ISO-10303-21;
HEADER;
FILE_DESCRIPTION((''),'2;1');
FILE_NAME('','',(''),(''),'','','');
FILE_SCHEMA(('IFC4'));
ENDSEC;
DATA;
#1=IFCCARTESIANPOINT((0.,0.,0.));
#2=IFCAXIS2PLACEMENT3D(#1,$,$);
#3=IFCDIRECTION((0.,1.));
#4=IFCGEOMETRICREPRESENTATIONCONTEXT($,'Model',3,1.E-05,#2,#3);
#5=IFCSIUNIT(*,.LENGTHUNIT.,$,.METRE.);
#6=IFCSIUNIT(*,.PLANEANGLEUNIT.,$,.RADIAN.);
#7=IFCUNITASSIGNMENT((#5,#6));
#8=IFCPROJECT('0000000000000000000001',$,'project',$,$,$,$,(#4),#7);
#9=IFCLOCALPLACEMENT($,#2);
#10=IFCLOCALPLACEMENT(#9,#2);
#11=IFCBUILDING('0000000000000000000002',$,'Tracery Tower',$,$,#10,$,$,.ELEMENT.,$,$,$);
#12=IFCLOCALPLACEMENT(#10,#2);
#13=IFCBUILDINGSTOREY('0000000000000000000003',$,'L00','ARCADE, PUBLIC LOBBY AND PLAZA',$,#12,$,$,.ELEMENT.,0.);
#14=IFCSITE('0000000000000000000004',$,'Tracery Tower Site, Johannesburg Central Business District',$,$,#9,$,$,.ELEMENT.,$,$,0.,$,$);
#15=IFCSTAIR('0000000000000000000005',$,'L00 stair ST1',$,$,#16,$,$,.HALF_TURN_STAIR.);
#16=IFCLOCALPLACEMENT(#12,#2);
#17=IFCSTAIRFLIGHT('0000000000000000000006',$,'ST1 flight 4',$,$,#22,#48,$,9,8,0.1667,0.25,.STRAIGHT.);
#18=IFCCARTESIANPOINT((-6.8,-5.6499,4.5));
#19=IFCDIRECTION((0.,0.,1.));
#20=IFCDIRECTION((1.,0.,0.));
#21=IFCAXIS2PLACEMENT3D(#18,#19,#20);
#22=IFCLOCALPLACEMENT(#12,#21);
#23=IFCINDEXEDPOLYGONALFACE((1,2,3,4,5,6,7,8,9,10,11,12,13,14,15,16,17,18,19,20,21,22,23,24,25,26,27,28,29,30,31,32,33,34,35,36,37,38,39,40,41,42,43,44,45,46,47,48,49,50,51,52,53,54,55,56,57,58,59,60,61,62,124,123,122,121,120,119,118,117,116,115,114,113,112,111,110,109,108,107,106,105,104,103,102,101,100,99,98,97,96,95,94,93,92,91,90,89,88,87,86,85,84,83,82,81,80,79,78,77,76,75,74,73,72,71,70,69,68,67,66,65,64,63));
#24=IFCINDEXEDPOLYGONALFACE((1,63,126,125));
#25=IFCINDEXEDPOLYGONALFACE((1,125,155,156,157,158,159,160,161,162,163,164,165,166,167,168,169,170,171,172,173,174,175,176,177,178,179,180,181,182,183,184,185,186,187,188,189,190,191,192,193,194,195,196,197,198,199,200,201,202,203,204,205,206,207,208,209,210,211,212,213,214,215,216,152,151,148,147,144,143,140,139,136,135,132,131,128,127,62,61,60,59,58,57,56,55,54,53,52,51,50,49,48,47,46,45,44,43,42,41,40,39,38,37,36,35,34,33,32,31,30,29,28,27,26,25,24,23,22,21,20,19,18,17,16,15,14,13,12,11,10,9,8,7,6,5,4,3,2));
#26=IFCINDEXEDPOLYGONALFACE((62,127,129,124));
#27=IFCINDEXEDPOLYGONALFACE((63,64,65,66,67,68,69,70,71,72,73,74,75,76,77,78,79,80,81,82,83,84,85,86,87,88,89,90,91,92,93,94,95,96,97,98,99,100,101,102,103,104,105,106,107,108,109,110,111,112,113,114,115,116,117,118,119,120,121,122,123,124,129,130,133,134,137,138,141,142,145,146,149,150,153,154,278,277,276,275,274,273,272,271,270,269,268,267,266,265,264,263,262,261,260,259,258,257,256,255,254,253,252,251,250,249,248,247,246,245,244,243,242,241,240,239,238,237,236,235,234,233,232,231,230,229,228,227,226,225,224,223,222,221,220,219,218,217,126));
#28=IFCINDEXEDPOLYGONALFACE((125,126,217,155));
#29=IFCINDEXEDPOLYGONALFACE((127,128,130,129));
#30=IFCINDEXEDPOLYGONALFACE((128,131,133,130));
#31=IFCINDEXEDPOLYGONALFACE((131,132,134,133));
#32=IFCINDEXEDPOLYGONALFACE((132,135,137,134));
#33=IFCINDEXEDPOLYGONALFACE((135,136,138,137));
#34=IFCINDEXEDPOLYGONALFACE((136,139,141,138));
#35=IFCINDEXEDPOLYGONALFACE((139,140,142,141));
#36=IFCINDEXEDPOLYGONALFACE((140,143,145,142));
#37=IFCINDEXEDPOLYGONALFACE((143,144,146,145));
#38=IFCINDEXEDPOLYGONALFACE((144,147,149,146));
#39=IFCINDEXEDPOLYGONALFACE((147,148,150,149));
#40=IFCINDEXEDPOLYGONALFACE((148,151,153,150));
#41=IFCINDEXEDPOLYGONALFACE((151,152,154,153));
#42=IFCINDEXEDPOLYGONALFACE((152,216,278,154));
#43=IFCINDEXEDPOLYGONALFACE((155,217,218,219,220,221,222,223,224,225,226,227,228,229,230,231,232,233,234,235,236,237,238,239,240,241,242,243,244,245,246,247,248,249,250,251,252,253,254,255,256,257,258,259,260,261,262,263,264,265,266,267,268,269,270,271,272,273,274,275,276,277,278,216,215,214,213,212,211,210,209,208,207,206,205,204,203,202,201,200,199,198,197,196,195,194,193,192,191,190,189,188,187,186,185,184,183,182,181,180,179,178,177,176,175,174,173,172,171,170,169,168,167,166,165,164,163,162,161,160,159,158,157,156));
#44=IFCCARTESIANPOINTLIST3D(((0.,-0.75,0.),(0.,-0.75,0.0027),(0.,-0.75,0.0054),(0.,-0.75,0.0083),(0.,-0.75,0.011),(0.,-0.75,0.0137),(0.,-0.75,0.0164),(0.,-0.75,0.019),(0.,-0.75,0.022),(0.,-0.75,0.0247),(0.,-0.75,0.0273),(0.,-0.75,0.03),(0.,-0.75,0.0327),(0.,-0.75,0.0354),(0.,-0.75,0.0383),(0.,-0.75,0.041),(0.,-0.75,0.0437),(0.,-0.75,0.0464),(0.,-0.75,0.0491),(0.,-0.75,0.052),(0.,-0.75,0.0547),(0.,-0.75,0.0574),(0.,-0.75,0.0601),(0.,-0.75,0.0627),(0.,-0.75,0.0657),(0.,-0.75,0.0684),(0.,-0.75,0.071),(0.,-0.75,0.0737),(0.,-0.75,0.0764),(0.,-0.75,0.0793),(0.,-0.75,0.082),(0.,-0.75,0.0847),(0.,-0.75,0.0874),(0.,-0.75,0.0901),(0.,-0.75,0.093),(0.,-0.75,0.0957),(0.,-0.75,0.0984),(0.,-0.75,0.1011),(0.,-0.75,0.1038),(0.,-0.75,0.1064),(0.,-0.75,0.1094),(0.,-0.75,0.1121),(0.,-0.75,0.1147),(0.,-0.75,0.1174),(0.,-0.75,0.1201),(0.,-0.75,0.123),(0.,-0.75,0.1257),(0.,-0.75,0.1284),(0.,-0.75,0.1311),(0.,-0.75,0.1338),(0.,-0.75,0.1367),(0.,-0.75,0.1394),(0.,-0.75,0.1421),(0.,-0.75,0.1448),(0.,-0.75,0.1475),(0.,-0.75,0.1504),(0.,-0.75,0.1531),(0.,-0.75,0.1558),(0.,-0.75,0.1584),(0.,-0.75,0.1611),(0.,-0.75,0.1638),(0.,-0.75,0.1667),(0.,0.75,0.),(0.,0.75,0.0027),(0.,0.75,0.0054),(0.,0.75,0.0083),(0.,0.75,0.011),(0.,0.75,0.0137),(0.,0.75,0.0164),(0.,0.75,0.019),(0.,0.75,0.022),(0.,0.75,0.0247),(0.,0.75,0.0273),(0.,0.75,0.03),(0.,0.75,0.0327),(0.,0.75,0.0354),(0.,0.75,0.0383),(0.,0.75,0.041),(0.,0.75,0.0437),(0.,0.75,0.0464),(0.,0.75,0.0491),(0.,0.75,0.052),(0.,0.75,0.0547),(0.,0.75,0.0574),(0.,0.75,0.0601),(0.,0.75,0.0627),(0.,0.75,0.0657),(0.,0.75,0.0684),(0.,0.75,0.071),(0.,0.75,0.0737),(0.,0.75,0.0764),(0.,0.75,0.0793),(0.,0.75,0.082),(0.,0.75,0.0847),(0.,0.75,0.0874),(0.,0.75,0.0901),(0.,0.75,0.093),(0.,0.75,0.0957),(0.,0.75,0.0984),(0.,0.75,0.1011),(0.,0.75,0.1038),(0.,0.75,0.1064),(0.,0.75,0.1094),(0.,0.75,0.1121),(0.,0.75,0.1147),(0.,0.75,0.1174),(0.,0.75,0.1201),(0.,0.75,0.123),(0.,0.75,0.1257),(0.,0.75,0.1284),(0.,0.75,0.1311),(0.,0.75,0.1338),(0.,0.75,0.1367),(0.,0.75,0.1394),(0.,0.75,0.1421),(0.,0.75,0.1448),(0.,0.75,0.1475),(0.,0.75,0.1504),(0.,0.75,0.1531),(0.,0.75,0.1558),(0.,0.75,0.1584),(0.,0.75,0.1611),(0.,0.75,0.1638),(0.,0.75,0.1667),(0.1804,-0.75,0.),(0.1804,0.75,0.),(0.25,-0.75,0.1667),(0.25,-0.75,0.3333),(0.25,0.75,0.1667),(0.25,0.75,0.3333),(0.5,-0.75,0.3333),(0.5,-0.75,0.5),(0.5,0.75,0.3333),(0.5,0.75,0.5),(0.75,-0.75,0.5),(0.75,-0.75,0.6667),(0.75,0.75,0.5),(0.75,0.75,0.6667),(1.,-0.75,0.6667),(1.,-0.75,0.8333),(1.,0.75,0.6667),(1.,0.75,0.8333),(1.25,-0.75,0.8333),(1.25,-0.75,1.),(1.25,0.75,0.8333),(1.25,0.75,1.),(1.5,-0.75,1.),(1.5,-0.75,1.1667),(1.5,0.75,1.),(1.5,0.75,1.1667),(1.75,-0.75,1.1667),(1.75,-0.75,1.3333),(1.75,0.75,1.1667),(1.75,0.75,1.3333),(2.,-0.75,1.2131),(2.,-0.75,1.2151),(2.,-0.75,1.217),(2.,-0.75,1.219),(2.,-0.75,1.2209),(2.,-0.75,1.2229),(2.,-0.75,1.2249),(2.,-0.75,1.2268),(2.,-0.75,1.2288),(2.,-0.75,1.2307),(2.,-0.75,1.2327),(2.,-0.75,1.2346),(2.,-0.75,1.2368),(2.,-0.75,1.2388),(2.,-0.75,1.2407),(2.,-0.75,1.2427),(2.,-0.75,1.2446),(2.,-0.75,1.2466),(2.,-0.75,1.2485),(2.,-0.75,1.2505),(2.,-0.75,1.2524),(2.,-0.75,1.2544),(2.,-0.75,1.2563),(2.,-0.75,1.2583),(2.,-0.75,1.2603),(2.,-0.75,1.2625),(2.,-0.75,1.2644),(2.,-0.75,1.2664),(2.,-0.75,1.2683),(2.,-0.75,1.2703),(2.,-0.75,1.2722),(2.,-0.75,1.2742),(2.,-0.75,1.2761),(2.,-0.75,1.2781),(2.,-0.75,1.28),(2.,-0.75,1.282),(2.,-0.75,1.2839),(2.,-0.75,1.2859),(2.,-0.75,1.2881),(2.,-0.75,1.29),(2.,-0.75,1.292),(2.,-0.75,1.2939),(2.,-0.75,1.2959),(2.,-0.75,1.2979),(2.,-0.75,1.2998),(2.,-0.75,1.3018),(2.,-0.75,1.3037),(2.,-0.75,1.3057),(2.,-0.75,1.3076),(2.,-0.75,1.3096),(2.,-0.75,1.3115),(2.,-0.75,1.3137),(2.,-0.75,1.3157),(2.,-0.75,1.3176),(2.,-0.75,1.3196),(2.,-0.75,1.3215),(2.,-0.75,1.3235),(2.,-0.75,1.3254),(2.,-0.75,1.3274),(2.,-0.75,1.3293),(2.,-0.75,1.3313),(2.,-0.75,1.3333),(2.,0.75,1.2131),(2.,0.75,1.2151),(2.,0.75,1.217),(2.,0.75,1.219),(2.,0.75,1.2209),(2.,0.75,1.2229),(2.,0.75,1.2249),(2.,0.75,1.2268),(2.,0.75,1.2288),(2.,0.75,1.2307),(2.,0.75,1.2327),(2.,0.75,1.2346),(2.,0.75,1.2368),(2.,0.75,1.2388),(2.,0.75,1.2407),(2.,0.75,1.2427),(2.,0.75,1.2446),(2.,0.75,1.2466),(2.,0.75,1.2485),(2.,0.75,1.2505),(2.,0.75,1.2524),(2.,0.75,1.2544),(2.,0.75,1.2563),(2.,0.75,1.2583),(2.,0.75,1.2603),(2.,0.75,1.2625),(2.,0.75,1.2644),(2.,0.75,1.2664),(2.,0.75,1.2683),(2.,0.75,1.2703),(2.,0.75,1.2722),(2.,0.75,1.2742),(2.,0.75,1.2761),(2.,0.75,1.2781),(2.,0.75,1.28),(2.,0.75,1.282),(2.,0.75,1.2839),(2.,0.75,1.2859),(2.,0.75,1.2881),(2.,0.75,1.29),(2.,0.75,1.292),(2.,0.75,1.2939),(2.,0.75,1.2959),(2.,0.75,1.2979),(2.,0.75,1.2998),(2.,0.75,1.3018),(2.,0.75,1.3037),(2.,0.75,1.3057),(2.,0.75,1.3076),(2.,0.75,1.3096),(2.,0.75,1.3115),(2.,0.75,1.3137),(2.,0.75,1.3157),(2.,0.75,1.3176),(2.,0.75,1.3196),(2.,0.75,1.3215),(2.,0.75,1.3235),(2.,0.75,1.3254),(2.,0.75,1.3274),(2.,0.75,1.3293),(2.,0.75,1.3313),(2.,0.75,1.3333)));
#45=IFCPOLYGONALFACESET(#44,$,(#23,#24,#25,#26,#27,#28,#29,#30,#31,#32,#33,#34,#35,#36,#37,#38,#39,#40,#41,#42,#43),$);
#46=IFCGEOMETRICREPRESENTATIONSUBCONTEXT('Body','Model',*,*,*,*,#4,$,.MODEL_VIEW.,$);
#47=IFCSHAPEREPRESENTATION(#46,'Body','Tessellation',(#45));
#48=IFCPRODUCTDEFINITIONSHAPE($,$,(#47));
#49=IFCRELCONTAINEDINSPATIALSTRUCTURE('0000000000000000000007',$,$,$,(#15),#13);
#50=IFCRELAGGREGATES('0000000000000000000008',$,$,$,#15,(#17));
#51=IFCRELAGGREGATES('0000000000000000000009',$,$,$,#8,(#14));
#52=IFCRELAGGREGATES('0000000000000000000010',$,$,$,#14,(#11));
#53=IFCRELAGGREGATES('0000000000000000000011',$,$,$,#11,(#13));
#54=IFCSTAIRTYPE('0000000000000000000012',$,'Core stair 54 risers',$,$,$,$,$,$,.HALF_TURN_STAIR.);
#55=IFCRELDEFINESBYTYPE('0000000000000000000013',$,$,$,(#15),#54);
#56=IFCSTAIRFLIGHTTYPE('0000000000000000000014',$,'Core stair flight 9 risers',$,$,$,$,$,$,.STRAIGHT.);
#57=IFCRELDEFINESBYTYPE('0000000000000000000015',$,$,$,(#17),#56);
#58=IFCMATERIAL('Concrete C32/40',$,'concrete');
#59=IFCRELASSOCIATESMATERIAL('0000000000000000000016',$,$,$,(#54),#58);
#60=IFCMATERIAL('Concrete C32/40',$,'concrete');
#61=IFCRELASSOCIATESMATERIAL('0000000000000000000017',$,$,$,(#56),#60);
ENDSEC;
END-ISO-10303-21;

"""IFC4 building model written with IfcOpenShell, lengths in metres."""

from ifc_helpers import new_model, si_unit, direction, frame, origin, place, context, subcontext, project, spatial, polyline, outline, extrude, material, type_object, element, aggregate, save


model = new_model("IFC4")

# Units and contexts
model_context = context("Model", 3, precision=1e-05, world=origin(), true_north=direction((0.0, 1.0)))
body_context = subcontext(model_context, "Body", "Model", "MODEL_VIEW")
ifc_project = project(units=[si_unit("LENGTHUNIT", "METRE"), si_unit("PLANEANGLEUNIT", "RADIAN")], contexts=[model_context])

# Site, building, storey
site_placement = place(None, origin())
site = spatial("IfcSite", under=ifc_project, at=site_placement, Name="Tracery Tower Site, Johannesburg Central Business District", CompositionType="ELEMENT", RefElevation=0.0)
building_placement = place(site_placement, origin())
building = spatial("IfcBuilding", under=site, at=building_placement, Name="Tracery Tower", CompositionType="ELEMENT")
storey_placement = place(building_placement, origin())
storey = spatial("IfcBuildingStorey", under=building, at=storey_placement, Name="L00", Description="ARCADE, PUBLIC LOBBY AND PLAZA", CompositionType="ELEMENT", Elevation=0.0)

# Stair, stair flight
ifc_material_1 = material(Name="Concrete C32/40", Category="concrete")
stair_type = type_object("IfcStairType", Name="Core stair 54 risers", PredefinedType="HALF_TURN_STAIR", material=ifc_material_1)
stair_placement = place(storey_placement, origin())
stair = element("IfcStair", 1, at=stair_placement, inside=storey, type_object=stair_type, Name="L00 stair ST1", PredefinedType="HALF_TURN_STAIR")
ifc_material_2 = material(Name="Concrete C32/40", Category="concrete")
stair_flight_type = type_object("IfcStairFlightType", Name="Core stair flight 9 risers", PredefinedType="STRAIGHT", material=ifc_material_2)
stair_flight_1_placement = place(storey_placement, frame((-6.8, -5.6499, 4.5), z_axis=(0.0, 0.0, 1.0), x_axis=(1.0, 0.0, 0.0)))
stair_flight_1 = element("IfcStairFlight", 2, at=stair_flight_1_placement, type_object=stair_flight_type, Name="ST1 flight 4", NumberOfRisers=9, NumberOfTreads=8, PredefinedType="STRAIGHT", RiserHeight=0.1667, TreadLength=0.25, context=body_context, shape_type="SweptSolid", body=[
    extrude(outline(polyline([(0.0, 0.0), (0.0, 0.0027), (0.0, 0.0054), (0.0, 0.0083), (0.0, 0.011), (0.0, 0.0137), (0.0, 0.0164), (0.0, 0.019), (0.0, 0.022), (0.0, 0.0247), (0.0, 0.0273), (0.0, 0.03), (0.0, 0.0327), (0.0, 0.0354), (0.0, 0.0383), (0.0, 0.041), (0.0, 0.0437), (0.0, 0.0464), (0.0, 0.0491), (0.0, 0.052), (0.0, 0.0547), (0.0, 0.0574), (0.0, 0.0601), (0.0, 0.0627), (0.0, 0.0657), (0.0, 0.0684), (0.0, 0.071), (0.0, 0.0737), (0.0, 0.0764), (0.0, 0.0793), (0.0, 0.082), (0.0, 0.0847), (0.0, 0.0874), (0.0, 0.0901), (0.0, 0.093), (0.0, 0.0957), (0.0, 0.0984), (0.0, 0.1011), (0.0, 0.1038), (0.0, 0.1064), (0.0, 0.1094), (0.0, 0.1121), (0.0, 0.1147), (0.0, 0.1174), (0.0, 0.1201), (0.0, 0.123), (0.0, 0.1257), (0.0, 0.1284), (0.0, 0.1311), (0.0, 0.1338), (0.0, 0.1367), (0.0, 0.1394), (0.0, 0.1421), (0.0, 0.1448), (0.0, 0.1475), (0.0, 0.1504), (0.0, 0.1531), (0.0, 0.1558), (0.0, 0.1584), (0.0, 0.1611), (0.0, 0.1638), (0.0, 0.1667), (0.25, 0.1667), (0.25, 0.3333), (0.5, 0.3333), (0.5, 0.5), (0.75, 0.5), (0.75, 0.6667), (1.0, 0.6667), (1.0, 0.8333), (1.25, 0.8333), (1.25, 1.0), (1.5, 1.0), (1.5, 1.1667), (1.75, 1.1667), (1.75, 1.3333), (2.0, 1.3333), (2.0, 1.3313), (2.0, 1.3293), (2.0, 1.3274), (2.0, 1.3254), (2.0, 1.3235), (2.0, 1.3215), (2.0, 1.3196), (2.0, 1.3176), (2.0, 1.3157), (2.0, 1.3137), (2.0, 1.3115), (2.0, 1.3096), (2.0, 1.3076), (2.0, 1.3057), (2.0, 1.3037), (2.0, 1.3018), (2.0, 1.2998), (2.0, 1.2979), (2.0, 1.2959), (2.0, 1.2939), (2.0, 1.292), (2.0, 1.29), (2.0, 1.2881), (2.0, 1.2859), (2.0, 1.2839), (2.0, 1.282), (2.0, 1.28), (2.0, 1.2781), (2.0, 1.2761), (2.0, 1.2742), (2.0, 1.2722), (2.0, 1.2703), (2.0, 1.2683), (2.0, 1.2664), (2.0, 1.2644), (2.0, 1.2625), (2.0, 1.2603), (2.0, 1.2583), (2.0, 1.2563), (2.0, 1.2544), (2.0, 1.2524), (2.0, 1.2505), (2.0, 1.2485), (2.0, 1.2466), (2.0, 1.2446), (2.0, 1.2427), (2.0, 1.2407), (2.0, 1.2388), (2.0, 1.2368), (2.0, 1.2346), (2.0, 1.2327), (2.0, 1.2307), (2.0, 1.2288), (2.0, 1.2268), (2.0, 1.2249), (2.0, 1.2229), (2.0, 1.2209), (2.0, 1.219), (2.0, 1.217), (2.0, 1.2151), (2.0, 1.2131), (0.1804, 0.0), (0.0, 0.0)])), frame((0.0, 0.75, 0.0), z_axis=(0.0, -1.0, 0.0), x_axis=(1.0, 0.0, 0.0)), (0.0, 0.0, 1.0), 1.5),
])
aggregate(stair, [stair_flight_1])

save(model, "model.ifc")
